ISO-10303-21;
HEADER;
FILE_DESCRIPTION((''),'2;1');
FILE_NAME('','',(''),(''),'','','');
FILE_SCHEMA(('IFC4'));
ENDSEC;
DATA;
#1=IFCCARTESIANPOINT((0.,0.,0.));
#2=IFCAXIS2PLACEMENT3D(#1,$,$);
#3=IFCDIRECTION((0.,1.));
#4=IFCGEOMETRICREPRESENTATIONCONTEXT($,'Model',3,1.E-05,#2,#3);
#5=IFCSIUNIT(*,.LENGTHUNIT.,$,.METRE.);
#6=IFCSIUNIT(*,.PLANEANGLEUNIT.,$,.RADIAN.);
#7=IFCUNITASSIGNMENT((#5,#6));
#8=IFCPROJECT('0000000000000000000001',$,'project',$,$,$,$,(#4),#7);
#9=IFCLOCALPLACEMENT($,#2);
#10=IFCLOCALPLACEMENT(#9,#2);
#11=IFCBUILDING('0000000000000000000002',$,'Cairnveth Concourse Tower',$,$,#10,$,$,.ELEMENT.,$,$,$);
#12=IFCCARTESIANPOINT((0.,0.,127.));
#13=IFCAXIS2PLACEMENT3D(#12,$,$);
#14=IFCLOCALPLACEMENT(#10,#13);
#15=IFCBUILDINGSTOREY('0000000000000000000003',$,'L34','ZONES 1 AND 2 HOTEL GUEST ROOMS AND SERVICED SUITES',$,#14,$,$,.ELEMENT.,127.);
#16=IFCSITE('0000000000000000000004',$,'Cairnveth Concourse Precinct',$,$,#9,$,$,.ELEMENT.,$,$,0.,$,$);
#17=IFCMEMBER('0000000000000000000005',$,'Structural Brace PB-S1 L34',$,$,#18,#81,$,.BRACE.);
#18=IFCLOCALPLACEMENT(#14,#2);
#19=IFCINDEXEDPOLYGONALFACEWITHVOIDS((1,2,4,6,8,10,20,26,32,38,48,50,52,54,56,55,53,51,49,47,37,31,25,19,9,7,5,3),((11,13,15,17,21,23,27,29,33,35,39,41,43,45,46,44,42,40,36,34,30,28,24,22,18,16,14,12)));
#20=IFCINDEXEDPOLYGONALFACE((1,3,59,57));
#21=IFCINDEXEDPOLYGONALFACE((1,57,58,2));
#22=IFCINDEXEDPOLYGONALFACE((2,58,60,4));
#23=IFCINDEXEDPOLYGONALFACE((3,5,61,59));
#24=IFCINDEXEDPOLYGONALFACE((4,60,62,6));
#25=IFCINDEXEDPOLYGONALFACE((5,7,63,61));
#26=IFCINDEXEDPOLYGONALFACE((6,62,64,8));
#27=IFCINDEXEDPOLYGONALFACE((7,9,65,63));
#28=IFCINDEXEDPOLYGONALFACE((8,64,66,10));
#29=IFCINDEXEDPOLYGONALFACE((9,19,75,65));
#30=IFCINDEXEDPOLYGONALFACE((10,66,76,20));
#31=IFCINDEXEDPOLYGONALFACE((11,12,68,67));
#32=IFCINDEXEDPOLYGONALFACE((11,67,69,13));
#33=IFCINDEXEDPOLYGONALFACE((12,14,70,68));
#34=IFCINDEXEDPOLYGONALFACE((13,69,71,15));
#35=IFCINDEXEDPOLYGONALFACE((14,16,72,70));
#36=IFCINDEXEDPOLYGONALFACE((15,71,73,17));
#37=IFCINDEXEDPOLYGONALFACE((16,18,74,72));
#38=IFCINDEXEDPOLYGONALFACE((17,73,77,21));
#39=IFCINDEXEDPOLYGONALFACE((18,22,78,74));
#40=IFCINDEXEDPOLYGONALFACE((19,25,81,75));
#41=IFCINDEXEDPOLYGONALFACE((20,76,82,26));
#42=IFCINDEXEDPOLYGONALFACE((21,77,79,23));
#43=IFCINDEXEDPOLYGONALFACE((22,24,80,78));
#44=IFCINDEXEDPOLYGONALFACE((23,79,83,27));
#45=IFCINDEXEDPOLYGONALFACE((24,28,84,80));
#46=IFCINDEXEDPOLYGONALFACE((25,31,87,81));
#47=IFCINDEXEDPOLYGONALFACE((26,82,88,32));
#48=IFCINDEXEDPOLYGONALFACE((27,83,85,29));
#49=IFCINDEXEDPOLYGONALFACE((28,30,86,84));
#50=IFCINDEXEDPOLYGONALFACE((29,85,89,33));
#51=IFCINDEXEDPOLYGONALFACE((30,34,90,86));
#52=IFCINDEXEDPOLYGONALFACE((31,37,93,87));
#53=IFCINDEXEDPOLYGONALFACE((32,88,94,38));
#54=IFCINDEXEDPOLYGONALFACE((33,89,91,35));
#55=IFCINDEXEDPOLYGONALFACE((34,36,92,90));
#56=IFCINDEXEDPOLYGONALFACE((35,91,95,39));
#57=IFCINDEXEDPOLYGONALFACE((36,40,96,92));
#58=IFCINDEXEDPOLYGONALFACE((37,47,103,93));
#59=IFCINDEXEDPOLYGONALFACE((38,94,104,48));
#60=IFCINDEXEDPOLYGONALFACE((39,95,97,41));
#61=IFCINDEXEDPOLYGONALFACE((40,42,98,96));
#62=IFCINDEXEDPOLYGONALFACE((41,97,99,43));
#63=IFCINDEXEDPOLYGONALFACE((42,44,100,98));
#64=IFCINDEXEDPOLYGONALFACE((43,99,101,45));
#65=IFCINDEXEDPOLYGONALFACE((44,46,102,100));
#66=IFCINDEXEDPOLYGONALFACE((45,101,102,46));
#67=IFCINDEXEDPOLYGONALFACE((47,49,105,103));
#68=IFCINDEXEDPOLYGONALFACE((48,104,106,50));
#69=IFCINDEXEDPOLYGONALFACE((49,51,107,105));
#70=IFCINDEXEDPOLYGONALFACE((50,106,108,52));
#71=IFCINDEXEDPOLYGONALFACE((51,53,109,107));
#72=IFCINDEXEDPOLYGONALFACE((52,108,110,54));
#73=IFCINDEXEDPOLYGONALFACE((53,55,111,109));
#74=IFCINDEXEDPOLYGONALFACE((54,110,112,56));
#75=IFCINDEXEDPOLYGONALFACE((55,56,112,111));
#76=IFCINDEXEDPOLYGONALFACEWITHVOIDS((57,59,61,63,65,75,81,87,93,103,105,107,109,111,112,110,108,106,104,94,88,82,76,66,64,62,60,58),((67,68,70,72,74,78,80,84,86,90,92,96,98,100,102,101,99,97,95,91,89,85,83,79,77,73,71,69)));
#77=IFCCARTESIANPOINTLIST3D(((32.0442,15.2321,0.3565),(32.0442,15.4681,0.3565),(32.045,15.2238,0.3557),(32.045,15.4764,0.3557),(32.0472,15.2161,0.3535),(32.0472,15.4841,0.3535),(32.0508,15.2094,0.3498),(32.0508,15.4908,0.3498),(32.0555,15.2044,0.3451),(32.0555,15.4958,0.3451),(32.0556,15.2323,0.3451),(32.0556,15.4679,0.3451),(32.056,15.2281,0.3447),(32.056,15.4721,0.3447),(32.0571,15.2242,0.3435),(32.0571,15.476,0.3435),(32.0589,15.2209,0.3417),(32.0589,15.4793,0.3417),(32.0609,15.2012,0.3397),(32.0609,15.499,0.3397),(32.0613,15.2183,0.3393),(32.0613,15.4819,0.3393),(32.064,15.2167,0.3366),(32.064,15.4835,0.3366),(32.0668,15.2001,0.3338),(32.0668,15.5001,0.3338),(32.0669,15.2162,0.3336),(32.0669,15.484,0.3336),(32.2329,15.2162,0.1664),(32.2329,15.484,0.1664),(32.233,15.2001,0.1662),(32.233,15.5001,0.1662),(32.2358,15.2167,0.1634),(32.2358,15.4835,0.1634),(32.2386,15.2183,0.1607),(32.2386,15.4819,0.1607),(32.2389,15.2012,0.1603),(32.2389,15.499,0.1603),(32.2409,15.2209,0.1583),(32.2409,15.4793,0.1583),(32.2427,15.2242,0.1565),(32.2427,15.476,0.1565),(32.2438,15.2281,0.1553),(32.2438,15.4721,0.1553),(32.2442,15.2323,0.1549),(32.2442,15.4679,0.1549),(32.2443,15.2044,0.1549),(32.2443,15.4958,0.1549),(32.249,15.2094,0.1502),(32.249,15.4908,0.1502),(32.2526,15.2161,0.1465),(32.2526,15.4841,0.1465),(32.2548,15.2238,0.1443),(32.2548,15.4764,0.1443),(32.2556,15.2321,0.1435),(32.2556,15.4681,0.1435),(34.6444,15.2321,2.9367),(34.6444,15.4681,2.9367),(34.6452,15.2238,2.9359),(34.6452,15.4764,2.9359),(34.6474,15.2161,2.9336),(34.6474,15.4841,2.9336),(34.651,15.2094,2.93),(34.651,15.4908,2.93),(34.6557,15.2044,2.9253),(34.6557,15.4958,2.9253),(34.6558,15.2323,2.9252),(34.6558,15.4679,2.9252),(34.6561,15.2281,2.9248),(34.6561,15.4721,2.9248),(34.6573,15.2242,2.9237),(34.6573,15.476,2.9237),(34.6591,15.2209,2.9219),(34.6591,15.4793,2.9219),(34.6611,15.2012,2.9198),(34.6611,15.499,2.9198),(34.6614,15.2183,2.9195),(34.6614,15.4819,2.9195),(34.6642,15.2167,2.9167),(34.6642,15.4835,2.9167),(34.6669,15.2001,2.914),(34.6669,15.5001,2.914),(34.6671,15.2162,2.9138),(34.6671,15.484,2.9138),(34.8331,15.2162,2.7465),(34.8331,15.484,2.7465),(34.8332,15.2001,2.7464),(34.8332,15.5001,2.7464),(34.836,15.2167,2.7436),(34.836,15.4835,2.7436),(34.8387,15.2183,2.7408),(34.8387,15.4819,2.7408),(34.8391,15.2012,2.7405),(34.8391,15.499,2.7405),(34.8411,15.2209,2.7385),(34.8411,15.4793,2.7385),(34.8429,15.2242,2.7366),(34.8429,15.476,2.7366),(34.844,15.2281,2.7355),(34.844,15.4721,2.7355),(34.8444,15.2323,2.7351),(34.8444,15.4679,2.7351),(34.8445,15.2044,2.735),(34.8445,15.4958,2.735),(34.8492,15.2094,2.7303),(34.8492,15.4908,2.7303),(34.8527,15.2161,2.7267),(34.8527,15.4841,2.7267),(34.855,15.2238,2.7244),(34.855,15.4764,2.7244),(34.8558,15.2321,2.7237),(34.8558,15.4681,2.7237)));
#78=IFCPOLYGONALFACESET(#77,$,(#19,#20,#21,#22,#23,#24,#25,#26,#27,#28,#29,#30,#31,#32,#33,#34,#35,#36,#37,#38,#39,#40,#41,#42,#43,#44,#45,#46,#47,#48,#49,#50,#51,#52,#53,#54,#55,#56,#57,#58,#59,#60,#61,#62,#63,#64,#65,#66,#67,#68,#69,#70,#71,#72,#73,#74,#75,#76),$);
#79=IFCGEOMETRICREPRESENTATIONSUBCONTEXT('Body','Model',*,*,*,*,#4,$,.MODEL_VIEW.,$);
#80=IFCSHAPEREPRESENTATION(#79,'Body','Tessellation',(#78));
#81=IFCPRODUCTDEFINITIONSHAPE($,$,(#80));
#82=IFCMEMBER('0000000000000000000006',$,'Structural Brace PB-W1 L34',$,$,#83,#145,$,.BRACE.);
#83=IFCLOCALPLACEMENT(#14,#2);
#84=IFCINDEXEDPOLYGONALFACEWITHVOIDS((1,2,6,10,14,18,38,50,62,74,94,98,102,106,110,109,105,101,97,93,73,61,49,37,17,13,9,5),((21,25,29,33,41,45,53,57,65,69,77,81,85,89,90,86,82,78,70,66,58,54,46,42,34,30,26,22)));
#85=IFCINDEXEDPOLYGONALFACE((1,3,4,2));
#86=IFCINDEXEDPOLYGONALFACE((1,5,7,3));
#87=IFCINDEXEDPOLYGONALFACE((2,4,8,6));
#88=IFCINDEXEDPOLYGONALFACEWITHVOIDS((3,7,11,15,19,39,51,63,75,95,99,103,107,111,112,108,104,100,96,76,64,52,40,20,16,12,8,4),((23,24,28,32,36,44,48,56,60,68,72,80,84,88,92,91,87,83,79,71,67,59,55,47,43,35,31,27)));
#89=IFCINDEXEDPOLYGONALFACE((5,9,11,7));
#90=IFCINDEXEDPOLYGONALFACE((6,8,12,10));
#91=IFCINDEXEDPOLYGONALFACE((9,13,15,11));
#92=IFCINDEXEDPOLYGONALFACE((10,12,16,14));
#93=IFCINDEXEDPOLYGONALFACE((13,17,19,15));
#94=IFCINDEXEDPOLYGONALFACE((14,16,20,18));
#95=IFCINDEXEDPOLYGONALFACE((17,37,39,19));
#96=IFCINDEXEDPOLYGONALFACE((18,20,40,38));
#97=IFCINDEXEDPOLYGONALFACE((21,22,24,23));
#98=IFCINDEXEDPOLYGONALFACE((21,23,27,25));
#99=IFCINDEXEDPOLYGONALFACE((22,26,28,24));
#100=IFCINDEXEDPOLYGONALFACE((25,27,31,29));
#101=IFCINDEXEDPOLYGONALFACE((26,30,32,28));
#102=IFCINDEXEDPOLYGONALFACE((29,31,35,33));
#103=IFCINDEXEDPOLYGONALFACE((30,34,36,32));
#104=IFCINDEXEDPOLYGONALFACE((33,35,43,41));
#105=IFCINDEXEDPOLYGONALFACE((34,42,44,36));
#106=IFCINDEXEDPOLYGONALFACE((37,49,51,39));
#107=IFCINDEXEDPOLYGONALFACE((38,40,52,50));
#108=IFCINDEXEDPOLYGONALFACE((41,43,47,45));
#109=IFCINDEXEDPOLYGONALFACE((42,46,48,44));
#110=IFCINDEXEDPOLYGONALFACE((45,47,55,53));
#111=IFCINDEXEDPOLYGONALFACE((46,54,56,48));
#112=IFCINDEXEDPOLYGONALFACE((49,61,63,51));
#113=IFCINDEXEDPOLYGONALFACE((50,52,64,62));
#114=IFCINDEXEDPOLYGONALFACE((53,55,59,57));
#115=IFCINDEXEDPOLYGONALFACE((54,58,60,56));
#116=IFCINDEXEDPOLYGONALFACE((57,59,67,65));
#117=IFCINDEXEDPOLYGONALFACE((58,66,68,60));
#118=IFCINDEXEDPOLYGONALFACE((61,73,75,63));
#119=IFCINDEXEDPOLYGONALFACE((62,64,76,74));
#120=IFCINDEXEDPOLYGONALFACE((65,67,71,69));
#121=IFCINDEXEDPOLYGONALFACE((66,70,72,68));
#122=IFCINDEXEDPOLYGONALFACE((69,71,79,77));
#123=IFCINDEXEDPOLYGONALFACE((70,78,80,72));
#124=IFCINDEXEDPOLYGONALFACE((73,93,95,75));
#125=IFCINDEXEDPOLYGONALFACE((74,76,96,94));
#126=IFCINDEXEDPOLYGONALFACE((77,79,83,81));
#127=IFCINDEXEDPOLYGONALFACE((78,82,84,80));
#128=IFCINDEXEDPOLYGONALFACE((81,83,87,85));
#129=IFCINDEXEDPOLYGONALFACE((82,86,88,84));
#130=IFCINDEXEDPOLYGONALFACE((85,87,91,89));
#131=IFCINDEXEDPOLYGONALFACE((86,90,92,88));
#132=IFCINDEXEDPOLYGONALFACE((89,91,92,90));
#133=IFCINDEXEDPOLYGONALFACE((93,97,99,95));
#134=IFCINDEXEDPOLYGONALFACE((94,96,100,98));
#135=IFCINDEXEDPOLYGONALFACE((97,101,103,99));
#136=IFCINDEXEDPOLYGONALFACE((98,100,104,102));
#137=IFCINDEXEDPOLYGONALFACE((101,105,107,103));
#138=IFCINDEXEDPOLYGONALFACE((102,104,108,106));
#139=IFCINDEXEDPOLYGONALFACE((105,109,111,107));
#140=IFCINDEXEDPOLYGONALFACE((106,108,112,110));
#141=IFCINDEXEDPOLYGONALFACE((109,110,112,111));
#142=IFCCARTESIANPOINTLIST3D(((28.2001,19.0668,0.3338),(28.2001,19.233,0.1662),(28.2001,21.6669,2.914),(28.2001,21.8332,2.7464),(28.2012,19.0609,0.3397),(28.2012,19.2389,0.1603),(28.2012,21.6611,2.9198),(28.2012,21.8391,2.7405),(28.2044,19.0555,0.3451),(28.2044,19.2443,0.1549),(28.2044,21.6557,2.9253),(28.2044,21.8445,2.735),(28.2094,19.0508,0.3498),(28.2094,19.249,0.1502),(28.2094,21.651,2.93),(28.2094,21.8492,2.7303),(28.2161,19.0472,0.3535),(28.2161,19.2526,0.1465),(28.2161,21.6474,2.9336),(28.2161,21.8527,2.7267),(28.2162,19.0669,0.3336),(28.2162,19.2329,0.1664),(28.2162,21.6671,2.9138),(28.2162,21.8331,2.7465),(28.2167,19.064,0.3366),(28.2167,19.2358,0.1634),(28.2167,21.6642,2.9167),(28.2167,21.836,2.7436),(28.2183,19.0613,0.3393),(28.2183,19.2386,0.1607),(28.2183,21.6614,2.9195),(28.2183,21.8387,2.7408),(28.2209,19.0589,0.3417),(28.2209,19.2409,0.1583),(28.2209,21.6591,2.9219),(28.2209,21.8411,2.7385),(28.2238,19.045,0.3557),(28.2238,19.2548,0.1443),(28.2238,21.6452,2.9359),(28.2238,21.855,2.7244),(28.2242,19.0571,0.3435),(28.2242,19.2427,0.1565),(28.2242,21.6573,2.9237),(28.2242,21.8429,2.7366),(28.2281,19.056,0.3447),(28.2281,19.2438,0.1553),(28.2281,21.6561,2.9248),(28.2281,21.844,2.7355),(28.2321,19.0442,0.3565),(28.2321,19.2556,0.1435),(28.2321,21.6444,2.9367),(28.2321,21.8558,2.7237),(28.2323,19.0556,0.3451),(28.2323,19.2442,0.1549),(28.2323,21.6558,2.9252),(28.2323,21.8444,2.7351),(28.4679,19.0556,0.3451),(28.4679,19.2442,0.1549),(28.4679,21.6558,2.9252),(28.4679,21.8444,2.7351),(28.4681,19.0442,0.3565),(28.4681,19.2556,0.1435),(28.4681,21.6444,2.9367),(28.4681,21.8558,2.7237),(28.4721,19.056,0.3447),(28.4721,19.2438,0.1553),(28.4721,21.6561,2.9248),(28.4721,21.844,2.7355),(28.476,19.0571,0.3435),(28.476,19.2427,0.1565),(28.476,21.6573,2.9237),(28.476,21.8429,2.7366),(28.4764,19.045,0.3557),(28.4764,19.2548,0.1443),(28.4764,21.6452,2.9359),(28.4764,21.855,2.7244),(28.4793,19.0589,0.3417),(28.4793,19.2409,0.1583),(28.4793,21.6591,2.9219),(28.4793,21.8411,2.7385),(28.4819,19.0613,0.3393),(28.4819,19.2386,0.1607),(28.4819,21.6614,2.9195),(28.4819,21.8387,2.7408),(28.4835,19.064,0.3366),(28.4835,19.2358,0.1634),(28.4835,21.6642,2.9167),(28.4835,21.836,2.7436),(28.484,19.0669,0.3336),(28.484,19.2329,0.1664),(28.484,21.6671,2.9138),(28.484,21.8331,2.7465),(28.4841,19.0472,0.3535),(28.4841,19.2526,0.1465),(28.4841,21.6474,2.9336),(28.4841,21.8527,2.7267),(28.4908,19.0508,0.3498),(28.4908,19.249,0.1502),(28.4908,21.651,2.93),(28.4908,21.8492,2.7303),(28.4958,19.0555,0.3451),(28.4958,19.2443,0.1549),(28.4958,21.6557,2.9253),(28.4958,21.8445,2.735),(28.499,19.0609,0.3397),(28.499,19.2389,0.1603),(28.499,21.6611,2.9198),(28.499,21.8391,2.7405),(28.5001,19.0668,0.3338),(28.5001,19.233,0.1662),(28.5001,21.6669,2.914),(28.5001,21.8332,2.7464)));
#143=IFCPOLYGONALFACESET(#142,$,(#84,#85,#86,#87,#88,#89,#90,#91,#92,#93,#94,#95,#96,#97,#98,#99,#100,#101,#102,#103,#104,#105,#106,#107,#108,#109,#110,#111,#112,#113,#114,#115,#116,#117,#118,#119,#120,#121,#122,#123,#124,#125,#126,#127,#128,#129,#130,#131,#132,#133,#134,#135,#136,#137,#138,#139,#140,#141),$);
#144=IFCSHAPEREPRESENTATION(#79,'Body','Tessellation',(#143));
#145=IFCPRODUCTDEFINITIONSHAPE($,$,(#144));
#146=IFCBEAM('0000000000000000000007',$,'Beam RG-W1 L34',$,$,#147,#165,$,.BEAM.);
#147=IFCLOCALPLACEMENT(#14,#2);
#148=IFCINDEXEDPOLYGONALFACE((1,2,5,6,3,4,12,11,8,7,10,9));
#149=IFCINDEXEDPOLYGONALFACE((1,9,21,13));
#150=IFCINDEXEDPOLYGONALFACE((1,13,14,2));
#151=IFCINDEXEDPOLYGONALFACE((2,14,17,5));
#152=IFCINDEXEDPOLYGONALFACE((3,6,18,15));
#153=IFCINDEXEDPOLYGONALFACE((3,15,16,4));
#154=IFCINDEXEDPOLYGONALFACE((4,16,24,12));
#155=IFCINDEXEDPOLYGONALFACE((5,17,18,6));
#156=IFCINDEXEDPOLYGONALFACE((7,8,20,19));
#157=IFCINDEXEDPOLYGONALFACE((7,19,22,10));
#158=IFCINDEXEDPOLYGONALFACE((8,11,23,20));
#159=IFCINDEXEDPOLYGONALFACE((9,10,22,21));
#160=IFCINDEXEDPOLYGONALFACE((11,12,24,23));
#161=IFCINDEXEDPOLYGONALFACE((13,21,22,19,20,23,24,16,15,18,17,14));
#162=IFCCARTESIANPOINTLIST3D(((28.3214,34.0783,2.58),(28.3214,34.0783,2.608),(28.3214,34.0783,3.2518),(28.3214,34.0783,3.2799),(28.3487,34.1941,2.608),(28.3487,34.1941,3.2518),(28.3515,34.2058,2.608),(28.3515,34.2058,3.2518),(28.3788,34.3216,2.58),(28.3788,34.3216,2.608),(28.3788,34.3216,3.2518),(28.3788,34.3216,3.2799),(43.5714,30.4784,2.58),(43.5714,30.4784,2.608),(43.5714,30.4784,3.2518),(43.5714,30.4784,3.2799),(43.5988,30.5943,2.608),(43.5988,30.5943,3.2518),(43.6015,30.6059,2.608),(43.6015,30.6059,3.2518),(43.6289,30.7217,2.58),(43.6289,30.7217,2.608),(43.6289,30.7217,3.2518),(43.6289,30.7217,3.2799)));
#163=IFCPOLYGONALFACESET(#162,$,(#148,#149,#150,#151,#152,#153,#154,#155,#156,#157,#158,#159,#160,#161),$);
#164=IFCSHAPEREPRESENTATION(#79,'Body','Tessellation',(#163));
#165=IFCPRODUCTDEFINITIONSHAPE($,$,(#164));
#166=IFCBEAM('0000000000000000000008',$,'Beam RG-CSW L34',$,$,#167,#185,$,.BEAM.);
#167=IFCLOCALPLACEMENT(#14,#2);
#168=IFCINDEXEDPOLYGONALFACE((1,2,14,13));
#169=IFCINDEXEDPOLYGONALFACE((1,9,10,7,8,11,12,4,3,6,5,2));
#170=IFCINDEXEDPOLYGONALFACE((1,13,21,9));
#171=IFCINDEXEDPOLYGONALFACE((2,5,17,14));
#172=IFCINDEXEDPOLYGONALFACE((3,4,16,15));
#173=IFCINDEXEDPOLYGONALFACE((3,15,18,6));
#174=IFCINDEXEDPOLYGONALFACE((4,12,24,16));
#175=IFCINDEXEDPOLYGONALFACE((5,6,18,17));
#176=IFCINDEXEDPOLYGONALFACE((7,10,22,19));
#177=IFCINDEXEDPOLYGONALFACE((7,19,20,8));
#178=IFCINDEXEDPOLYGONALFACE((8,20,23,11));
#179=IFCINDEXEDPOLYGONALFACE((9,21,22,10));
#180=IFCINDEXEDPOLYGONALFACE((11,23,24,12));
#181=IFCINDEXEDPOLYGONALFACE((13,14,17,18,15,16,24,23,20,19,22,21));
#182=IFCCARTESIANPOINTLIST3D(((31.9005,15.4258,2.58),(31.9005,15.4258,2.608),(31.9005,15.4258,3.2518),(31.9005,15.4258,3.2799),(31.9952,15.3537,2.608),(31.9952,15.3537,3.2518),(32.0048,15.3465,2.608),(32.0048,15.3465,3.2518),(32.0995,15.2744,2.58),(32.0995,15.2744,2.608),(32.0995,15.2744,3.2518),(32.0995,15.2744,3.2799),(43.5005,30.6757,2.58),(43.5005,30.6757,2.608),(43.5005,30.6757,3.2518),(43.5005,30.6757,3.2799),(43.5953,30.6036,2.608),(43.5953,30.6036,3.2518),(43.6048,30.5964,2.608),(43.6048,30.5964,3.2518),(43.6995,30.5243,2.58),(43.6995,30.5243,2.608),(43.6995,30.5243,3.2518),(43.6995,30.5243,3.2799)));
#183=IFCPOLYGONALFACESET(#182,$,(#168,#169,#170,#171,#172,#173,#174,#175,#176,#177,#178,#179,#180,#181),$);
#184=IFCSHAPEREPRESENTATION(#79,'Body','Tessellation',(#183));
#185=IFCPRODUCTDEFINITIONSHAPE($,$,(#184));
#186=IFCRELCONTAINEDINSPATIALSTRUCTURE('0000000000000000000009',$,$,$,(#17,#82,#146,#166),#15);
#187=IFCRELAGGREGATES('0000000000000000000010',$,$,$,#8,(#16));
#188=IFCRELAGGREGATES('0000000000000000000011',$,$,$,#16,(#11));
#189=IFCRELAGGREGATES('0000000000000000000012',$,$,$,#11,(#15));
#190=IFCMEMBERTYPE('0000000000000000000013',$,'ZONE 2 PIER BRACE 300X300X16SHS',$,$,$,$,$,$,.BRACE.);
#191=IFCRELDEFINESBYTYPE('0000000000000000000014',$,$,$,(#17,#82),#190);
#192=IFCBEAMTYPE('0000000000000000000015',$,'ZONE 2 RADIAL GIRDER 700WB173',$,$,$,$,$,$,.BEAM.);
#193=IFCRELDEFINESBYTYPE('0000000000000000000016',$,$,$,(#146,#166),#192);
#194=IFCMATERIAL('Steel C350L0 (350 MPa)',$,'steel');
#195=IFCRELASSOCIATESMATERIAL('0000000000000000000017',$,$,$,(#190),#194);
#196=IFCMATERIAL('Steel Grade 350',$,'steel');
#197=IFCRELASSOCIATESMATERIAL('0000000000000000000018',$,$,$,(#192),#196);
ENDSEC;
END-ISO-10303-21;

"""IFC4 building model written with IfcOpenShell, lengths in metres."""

from ifc_helpers import new_model, si_unit, direction, frame, origin, origin_2d, place, context, subcontext, project, spatial, hollow_rectangle, i_section, extrude, material, material_profile, profile_set, type_object, element, save


model = new_model("IFC4")

# Units and contexts
model_context = context("Model", 3, precision=1e-05, world=origin(), true_north=direction((0.0, 1.0)))
body_context = subcontext(model_context, "Body", "Model", "MODEL_VIEW")
ifc_project = project(units=[si_unit("LENGTHUNIT", "METRE"), si_unit("PLANEANGLEUNIT", "RADIAN")], contexts=[model_context])

# Site, building, storey
site_placement = place(None, origin())
site = spatial("IfcSite", under=ifc_project, at=site_placement, Name="Cairnveth Concourse Precinct", CompositionType="ELEMENT", RefElevation=0.0)
building_placement = place(site_placement, origin())
building = spatial("IfcBuilding", under=site, at=building_placement, Name="Cairnveth Concourse Tower", CompositionType="ELEMENT")
storey_placement = place(building_placement, frame((0.0, 0.0, 127.0)))
storey = spatial("IfcBuildingStorey", under=building, at=storey_placement, Name="L34", Description="ZONES 1 AND 2 HOTEL GUEST ROOMS AND SERVICED SUITES", CompositionType="ELEMENT", Elevation=127.0)

# Shared definitions
ifc_material_1 = material(Name="Steel Grade 350", Category="steel")

# Members
ifc_material_2 = material(Name="Steel C350L0 (350 MPa)", Category="steel")
ifc_material_profile_1 = material_profile(ifc_material_2, hollow_rectangle(XDim=0.3, YDim=0.3, WallThickness=0.0161, InnerFilletRadius=0.0161, OuterFilletRadius=0.032, at=origin_2d()), Name="300x300x16.0SHS")
ifc_profile_set_1 = profile_set([ifc_material_profile_1], Name="Steel C350L0 (350 MPa)")
member_type = type_object("IfcMemberType", Name="ZONE 2 PIER BRACE 300X300X16SHS", PredefinedType="BRACE", material=ifc_profile_set_1)
for number, where, z_axis, x_axis, name in (
    (1, (32.1499, 15.3501, 0.25), (0.709834, 0.0, 0.704369), (0.0, 1.0, 0.0), "Structural Brace PB-S1 L34"),
    (2, (28.3501, 19.1499, 0.25), (0.0, 0.709834, 0.704369), (-1.0, 0.0, 0.0), "Structural Brace PB-W1 L34"),
):
    element("IfcMember", number, at=place(storey_placement, frame(where, z_axis=z_axis, x_axis=x_axis)), inside=storey, type_object=member_type, Name=name, PredefinedType="BRACE", context=body_context, shape_type="SweptSolid", body=[
        extrude(hollow_rectangle(XDim=0.3, YDim=0.3, WallThickness=0.0161, InnerFilletRadius=0.0161, OuterFilletRadius=0.032, at=origin_2d()), origin(), (0.0, 0.0, 1.0), 3.6631),
    ])

# Beams
ifc_material_profile_2 = material_profile(ifc_material_1, i_section(OverallWidth=0.25, OverallDepth=0.7, WebThickness=0.012, FlangeThickness=0.0281, at=origin_2d()), Name="700WB173")
ifc_profile_set_2 = profile_set([ifc_material_profile_2], Name="Steel Grade 350")
beam_type_1 = type_object("IfcBeamType", Name="ZONE 2 RADIAL GIRDER 700WB173", PredefinedType="BEAM", material=ifc_profile_set_2)
beam_1_placement = place(storey_placement, frame((28.3501, 34.2, 2.9299), z_axis=(0.973252, -0.229742, 0.0), x_axis=(0.229742, 0.973252, 0.0)))
element("IfcBeam", 3, at=beam_1_placement, inside=storey, type_object=beam_type_1, Name="Beam RG-W1 L34", PredefinedType="BEAM", context=body_context, shape_type="SweptSolid", body=[
    extrude(i_section(OverallWidth=0.25, OverallDepth=0.7, WebThickness=0.012, FlangeThickness=0.0281, at=origin_2d()), origin(), (0.0, 0.0, 1.0), 15.6692),
])
beam_2_placement = place(storey_placement, frame((32.0, 15.3501, 2.9299), z_axis=(0.605417, 0.795908, 0.0), x_axis=(-0.795908, 0.605417, 0.0)))
element("IfcBeam", 4, at=beam_2_placement, inside=storey, type_object=beam_type_1, Name="Beam RG-CSW L34", PredefinedType="BEAM", context=body_context, shape_type="SweptSolid", body=[
    extrude(i_section(OverallWidth=0.25, OverallDepth=0.7, WebThickness=0.012, FlangeThickness=0.0281, at=origin_2d()), origin(), (0.0, 0.0, 1.0), 19.1604),
])

save(model, "model.ifc")
